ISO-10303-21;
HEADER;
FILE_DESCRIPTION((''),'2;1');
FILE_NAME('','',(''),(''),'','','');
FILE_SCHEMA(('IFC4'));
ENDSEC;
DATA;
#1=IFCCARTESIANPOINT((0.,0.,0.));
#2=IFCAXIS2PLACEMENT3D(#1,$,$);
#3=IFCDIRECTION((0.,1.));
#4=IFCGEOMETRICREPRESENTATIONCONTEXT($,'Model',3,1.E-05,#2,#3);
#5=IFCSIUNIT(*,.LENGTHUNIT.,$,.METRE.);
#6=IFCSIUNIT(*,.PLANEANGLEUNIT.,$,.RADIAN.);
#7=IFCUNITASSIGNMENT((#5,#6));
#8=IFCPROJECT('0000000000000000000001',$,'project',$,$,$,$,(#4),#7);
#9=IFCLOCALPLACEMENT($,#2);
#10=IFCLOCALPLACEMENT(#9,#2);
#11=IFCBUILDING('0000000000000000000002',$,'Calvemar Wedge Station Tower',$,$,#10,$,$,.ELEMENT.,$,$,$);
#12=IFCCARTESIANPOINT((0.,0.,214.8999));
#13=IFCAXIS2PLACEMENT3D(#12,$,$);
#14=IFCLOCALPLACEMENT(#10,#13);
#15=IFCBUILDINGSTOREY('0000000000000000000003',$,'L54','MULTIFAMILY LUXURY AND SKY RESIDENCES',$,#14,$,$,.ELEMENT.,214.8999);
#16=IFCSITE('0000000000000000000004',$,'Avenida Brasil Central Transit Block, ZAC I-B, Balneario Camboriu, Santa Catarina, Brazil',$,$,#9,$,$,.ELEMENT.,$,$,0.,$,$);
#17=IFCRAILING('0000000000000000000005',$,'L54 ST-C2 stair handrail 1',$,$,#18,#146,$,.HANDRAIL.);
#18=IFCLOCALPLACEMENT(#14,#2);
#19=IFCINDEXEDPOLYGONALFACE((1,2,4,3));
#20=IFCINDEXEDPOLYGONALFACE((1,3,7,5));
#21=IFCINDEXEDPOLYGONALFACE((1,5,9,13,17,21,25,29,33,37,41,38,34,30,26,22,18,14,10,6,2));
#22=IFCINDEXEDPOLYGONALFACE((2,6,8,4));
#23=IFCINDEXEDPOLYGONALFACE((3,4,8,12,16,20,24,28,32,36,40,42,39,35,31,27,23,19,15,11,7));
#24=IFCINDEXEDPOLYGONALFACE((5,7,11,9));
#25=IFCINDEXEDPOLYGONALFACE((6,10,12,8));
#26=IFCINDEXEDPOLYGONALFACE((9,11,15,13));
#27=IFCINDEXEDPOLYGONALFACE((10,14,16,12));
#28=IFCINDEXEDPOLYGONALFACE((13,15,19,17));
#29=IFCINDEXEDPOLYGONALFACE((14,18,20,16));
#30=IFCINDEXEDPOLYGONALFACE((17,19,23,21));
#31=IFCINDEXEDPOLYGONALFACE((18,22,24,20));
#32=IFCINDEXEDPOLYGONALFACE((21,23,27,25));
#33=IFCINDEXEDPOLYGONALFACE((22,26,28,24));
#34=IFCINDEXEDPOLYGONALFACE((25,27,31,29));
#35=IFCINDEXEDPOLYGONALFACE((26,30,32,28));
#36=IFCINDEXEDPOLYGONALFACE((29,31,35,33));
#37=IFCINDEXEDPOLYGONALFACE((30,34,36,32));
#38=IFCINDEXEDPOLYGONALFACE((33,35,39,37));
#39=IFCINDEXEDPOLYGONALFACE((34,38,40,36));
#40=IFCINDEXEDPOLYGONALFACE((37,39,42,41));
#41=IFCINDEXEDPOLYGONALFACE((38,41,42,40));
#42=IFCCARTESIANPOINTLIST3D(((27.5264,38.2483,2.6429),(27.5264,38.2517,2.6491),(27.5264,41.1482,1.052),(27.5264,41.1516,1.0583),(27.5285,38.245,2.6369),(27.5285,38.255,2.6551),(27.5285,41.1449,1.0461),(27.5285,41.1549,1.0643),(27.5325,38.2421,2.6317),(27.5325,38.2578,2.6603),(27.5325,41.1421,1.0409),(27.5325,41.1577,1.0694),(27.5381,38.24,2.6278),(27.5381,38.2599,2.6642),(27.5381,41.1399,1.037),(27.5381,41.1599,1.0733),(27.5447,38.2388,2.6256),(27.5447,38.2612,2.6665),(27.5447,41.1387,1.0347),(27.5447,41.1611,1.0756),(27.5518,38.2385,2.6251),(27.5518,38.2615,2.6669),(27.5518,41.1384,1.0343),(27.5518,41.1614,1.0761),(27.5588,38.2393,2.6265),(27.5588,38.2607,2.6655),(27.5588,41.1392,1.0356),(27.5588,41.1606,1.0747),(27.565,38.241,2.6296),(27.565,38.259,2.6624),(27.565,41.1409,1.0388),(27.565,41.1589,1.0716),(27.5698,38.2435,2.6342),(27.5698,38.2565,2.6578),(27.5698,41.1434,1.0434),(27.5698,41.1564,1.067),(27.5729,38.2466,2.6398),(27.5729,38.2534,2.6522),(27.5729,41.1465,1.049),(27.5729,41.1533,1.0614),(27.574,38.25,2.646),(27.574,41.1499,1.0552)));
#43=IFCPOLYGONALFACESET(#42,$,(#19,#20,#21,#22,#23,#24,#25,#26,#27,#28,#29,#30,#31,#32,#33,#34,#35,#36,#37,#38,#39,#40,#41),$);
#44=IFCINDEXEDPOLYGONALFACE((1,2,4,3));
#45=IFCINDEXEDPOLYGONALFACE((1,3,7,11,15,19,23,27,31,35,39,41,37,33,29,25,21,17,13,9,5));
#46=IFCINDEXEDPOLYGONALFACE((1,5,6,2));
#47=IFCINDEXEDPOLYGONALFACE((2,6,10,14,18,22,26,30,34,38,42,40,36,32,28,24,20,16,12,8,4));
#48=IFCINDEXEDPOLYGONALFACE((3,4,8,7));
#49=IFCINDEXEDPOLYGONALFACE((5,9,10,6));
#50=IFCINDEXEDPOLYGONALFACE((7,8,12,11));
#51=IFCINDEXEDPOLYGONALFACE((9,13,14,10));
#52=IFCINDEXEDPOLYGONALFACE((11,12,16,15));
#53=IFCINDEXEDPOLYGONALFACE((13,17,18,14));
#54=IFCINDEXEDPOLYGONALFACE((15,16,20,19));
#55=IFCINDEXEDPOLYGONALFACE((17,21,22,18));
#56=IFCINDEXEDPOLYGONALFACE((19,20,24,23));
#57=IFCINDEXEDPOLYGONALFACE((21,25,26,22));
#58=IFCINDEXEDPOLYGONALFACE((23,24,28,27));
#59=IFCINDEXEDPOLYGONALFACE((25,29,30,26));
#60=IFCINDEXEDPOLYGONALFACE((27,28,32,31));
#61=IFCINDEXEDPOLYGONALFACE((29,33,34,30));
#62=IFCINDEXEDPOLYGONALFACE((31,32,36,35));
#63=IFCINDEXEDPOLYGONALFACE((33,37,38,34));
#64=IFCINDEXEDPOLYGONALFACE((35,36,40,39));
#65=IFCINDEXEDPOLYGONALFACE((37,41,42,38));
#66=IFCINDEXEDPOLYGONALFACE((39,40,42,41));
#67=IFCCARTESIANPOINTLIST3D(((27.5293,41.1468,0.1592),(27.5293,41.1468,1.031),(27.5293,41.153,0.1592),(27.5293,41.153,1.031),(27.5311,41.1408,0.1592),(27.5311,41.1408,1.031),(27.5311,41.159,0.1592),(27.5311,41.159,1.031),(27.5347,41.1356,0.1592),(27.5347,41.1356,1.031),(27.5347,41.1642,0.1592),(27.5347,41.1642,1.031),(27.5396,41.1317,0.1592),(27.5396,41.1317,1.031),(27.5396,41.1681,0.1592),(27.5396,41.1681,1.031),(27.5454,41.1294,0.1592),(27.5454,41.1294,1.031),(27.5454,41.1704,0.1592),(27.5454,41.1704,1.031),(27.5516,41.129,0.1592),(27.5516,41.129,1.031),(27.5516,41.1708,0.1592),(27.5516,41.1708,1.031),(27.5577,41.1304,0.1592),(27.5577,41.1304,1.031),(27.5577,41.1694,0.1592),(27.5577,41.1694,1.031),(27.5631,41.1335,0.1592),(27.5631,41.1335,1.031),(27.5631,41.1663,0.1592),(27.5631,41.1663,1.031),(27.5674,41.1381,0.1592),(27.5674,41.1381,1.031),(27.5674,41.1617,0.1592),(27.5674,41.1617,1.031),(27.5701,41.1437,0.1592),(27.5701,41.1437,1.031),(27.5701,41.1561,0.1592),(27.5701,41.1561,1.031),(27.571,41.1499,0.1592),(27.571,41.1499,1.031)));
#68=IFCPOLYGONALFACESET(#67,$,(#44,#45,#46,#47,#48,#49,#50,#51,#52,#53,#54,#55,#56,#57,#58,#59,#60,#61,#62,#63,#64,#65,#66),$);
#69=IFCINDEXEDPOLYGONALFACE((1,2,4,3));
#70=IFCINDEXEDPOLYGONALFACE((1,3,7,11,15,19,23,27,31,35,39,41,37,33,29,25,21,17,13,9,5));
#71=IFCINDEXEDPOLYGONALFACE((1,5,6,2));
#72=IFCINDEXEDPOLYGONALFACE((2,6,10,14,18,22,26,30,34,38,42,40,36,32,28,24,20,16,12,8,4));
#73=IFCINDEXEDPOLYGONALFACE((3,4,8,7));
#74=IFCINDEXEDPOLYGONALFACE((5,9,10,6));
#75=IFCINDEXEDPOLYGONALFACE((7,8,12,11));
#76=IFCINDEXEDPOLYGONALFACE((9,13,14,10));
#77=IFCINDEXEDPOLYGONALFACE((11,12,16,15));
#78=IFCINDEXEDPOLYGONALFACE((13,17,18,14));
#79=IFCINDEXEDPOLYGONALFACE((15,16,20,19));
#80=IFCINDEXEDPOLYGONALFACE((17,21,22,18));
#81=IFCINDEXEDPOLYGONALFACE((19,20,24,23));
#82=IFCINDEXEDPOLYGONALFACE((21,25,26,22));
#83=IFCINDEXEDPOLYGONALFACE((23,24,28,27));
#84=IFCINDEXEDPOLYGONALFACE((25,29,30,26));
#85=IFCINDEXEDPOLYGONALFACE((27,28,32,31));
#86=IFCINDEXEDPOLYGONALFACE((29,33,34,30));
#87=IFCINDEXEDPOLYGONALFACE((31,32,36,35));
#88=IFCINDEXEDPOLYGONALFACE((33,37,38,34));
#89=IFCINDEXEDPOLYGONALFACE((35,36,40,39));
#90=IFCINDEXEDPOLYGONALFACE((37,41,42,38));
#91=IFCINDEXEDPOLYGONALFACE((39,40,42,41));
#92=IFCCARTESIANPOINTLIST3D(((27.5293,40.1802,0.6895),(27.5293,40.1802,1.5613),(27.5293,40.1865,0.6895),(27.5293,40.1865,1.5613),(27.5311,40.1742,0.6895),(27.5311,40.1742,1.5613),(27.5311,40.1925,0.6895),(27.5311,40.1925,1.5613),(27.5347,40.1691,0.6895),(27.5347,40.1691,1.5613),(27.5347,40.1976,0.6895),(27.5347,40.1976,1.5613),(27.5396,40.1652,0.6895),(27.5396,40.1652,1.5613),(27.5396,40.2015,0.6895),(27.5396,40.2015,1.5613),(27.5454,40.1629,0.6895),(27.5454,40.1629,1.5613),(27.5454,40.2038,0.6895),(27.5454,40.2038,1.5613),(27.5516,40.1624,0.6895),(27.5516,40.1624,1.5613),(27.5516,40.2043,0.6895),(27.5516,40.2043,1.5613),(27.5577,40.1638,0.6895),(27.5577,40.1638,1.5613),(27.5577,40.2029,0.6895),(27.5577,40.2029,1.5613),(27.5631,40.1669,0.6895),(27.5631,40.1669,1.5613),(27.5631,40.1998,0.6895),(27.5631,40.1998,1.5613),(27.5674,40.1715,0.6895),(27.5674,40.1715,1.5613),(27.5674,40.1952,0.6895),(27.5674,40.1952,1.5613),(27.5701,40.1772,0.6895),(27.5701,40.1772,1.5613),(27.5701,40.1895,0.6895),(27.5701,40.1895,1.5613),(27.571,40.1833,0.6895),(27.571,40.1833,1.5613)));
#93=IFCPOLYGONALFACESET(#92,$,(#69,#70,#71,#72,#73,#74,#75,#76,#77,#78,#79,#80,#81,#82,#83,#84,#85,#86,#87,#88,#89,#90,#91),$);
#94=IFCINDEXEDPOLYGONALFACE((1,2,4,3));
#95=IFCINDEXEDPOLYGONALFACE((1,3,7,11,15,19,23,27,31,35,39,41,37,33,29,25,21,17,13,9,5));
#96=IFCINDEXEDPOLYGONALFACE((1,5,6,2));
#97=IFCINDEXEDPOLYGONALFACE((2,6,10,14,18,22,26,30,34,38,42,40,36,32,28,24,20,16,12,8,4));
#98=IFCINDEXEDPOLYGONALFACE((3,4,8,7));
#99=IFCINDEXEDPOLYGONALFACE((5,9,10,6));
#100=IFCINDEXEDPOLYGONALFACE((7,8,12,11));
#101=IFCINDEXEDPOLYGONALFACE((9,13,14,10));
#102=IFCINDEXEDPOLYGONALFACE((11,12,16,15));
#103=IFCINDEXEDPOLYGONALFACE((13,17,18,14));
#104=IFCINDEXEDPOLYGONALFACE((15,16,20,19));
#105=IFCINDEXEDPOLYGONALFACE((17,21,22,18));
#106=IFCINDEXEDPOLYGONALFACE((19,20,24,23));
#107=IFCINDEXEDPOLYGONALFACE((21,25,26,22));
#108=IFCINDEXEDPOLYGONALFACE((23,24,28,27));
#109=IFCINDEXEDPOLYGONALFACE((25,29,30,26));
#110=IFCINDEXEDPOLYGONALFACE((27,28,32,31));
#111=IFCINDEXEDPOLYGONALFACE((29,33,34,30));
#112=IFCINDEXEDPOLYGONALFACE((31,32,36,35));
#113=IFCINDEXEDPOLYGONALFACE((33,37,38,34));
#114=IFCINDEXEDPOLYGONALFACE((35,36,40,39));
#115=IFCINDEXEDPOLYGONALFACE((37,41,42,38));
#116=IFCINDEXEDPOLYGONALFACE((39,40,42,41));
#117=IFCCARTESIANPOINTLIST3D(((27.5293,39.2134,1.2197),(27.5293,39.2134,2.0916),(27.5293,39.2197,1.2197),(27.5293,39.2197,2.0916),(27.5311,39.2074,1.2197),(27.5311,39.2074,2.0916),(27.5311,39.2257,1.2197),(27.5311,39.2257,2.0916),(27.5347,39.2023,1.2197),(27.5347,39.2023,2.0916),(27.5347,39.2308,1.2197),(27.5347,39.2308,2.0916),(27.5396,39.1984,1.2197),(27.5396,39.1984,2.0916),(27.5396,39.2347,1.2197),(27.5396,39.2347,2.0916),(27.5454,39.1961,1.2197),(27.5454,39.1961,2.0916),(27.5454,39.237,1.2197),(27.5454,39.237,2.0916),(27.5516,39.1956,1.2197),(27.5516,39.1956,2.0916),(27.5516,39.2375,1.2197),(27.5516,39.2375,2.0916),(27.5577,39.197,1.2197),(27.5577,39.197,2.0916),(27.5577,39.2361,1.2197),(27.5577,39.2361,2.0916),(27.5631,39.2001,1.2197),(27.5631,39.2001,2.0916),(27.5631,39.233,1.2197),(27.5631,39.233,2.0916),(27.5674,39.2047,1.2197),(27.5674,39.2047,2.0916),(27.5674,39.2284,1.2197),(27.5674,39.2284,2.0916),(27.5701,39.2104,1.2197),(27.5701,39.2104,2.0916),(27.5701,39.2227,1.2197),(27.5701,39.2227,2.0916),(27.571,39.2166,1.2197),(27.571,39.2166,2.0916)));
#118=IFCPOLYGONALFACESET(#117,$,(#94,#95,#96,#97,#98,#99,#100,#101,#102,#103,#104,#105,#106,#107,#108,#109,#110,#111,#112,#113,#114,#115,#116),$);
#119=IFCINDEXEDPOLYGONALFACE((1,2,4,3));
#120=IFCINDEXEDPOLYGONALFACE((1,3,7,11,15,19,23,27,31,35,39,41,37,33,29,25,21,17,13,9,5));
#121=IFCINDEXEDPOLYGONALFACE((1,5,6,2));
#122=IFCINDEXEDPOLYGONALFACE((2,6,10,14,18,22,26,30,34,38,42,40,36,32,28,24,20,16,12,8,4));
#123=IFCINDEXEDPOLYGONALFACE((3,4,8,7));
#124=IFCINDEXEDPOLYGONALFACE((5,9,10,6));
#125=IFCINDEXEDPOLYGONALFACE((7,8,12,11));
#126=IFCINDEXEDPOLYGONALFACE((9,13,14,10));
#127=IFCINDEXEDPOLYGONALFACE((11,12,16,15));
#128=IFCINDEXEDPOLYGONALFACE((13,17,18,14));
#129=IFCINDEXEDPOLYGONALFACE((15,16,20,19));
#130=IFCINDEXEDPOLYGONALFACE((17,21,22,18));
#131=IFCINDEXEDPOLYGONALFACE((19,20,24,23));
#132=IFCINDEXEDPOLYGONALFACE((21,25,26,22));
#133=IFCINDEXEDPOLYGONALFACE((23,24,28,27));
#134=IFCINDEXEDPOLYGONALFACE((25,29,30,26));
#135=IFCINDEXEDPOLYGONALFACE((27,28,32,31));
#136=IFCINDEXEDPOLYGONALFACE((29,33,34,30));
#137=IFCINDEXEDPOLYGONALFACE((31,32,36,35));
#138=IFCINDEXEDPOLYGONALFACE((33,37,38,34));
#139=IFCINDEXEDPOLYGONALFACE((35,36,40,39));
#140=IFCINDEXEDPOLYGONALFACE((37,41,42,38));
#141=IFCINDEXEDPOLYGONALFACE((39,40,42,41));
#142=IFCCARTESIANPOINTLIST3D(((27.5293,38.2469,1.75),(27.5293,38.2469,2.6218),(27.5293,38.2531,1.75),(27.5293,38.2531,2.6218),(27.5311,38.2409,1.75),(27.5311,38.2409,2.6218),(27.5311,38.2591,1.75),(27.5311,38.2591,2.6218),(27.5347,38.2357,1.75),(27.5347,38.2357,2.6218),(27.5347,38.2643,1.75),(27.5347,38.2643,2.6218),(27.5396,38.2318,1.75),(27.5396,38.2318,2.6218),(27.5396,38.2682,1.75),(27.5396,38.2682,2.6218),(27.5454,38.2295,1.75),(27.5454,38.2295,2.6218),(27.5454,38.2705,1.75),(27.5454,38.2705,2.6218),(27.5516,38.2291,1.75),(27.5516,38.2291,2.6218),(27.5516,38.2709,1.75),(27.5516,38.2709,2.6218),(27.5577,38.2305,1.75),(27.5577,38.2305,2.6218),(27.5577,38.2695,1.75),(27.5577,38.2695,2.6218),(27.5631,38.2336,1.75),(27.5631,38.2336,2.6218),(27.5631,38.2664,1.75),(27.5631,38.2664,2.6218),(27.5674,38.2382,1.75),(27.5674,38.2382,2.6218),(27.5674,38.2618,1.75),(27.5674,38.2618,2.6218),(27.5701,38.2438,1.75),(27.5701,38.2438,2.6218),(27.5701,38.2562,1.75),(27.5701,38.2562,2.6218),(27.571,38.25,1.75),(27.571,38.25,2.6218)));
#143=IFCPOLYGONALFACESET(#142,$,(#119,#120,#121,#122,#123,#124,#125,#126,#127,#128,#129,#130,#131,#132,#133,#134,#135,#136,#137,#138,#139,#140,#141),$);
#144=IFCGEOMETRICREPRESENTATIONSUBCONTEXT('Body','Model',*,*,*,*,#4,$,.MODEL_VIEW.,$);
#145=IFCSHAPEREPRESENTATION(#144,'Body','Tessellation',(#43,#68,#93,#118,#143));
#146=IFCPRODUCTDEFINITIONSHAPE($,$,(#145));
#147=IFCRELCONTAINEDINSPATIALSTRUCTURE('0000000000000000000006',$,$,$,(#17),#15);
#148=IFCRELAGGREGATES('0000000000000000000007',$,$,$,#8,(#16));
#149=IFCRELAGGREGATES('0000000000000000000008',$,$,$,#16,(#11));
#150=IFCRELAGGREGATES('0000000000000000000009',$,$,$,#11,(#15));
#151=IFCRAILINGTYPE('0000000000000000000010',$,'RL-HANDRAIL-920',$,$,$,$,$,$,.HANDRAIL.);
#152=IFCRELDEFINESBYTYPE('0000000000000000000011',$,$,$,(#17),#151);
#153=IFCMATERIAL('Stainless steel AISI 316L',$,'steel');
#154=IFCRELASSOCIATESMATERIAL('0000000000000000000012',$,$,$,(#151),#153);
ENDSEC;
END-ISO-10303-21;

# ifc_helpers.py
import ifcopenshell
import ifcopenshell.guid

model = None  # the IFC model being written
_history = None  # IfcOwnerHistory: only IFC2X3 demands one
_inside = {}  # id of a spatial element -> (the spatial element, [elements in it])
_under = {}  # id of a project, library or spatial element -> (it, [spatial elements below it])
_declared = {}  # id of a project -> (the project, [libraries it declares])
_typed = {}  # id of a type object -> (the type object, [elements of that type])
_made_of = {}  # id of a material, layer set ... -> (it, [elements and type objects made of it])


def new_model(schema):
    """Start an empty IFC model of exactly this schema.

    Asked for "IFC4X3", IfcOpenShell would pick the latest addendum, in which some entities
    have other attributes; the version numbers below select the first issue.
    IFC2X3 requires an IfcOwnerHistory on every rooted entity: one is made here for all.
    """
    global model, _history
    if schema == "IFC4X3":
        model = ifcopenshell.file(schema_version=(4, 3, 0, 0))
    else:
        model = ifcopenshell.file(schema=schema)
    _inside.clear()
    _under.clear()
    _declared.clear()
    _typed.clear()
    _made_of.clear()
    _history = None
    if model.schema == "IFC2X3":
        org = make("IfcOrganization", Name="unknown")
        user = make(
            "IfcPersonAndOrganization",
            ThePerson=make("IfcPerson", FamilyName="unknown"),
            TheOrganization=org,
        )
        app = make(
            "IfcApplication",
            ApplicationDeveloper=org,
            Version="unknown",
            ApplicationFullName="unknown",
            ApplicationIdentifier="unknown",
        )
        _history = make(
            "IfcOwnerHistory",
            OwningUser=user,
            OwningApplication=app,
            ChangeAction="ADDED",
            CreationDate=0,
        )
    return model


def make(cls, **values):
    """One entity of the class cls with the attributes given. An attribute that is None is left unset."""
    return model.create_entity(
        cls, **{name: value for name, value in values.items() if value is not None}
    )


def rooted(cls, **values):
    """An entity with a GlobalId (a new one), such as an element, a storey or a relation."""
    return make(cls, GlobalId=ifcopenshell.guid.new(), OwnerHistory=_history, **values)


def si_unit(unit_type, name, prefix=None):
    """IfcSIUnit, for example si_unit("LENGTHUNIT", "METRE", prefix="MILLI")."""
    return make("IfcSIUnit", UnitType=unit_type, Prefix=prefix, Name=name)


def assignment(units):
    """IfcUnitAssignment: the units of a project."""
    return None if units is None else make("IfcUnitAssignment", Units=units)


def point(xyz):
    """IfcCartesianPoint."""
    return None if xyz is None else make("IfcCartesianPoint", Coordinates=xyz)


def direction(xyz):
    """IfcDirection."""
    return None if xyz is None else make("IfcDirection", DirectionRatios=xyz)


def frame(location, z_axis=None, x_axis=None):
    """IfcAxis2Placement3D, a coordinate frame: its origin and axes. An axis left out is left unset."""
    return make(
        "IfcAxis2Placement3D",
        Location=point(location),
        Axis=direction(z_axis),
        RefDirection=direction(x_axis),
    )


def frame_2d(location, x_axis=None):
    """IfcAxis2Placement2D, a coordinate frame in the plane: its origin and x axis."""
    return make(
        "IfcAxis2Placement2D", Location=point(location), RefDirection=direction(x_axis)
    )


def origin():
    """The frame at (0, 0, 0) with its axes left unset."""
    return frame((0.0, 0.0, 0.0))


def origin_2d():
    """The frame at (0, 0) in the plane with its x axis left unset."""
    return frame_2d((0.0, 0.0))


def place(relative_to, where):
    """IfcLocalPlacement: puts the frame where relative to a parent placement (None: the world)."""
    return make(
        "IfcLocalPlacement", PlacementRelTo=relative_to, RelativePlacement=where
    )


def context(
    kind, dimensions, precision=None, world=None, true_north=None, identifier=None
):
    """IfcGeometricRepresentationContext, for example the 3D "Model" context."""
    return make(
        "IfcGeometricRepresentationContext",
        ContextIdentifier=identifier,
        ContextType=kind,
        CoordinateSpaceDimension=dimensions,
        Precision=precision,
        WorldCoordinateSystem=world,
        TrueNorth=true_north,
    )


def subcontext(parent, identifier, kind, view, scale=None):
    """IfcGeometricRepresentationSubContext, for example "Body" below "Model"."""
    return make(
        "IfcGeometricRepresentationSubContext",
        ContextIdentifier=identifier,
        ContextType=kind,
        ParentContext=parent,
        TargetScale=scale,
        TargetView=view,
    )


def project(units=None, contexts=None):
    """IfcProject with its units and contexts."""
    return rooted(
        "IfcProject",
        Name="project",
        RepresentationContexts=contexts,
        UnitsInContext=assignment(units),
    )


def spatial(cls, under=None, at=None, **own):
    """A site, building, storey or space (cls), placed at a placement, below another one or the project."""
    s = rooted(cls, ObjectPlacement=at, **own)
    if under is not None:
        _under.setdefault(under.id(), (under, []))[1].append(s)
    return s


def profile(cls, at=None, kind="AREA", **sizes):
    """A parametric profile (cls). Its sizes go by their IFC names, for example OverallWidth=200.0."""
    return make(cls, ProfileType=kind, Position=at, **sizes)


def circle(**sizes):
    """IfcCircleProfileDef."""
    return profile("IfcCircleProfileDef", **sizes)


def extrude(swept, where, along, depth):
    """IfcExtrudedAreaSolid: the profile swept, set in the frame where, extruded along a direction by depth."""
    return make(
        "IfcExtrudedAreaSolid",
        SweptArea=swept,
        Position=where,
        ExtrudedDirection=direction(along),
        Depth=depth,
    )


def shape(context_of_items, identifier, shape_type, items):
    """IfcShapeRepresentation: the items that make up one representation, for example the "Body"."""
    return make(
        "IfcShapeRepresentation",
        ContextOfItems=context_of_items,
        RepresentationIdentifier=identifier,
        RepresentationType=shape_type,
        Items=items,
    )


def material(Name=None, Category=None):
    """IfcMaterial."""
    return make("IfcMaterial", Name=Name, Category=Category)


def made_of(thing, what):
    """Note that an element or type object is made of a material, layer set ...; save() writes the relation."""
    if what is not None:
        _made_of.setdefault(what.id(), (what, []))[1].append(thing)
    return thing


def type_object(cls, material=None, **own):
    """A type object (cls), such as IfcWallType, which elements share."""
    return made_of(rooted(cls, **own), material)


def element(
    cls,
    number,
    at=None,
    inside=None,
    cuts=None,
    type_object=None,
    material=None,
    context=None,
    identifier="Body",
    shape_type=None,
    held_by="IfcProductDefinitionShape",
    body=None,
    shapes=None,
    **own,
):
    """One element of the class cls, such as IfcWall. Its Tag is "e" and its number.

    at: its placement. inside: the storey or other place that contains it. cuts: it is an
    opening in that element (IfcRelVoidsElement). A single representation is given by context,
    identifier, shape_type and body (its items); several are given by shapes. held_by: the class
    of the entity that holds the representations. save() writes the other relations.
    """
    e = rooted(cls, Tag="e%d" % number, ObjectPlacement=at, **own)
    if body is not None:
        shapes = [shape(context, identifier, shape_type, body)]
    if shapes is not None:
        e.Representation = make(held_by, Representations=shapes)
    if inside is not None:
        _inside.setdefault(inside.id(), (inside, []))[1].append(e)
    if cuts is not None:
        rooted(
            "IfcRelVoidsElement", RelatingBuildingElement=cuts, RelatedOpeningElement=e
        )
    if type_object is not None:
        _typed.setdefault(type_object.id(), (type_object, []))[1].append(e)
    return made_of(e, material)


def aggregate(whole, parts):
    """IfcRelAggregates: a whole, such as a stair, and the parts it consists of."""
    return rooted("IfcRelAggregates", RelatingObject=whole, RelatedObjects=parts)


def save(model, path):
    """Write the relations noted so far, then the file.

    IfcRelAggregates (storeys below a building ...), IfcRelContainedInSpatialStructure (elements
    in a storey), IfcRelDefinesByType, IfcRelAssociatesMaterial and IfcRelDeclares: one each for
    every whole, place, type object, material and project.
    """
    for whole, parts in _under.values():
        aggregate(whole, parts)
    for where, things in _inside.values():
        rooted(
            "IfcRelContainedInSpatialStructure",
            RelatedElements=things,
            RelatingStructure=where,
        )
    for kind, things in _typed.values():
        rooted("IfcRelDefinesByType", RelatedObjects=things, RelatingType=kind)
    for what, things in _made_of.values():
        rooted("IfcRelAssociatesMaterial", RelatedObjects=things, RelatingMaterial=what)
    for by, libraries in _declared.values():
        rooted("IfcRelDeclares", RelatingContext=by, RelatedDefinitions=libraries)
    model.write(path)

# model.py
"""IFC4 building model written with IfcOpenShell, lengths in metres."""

from ifc_helpers import new_model, si_unit, direction, frame, origin, origin_2d, place, context, subcontext, project, spatial, circle, extrude, material, type_object, element, save


model = new_model("IFC4")

# Units and contexts
model_context = context("Model", 3, precision=1e-05, world=origin(), true_north=direction((0.0, 1.0)))
body_context = subcontext(model_context, "Body", "Model", "MODEL_VIEW")
ifc_project = project(units=[si_unit("LENGTHUNIT", "METRE"), si_unit("PLANEANGLEUNIT", "RADIAN")], contexts=[model_context])

# Site, building, storey
site_placement = place(None, origin())
site = spatial("IfcSite", under=ifc_project, at=site_placement, Name="Avenida Brasil Central Transit Block, ZAC I-B, Balneario Camboriu, Santa Catarina, Brazil", CompositionType="ELEMENT", RefElevation=0.0)
building_placement = place(site_placement, origin())
building = spatial("IfcBuilding", under=site, at=building_placement, Name="Calvemar Wedge Station Tower", CompositionType="ELEMENT")
storey_placement = place(building_placement, frame((0.0, 0.0, 214.8999)))
storey = spatial("IfcBuildingStorey", under=building, at=storey_placement, Name="L54", Description="MULTIFAMILY LUXURY AND SKY RESIDENCES", CompositionType="ELEMENT", Elevation=214.8999)

# Railing
ifc_material_1 = material(Name="Stainless steel AISI 316L", Category="steel")
railing_type = type_object("IfcRailingType", Name="RL-HANDRAIL-920", PredefinedType="HANDRAIL", material=ifc_material_1)
railing_placement = place(storey_placement, frame((27.55, 41.1499, 0.1592)))
element("IfcRailing", 1, at=railing_placement, inside=storey, type_object=railing_type, Name="L54 ST-C2 stair handrail 1", PredefinedType="HANDRAIL", context=body_context, shape_type="SweptSolid", body=[
    extrude(circle(Radius=0.0239, at=origin_2d()), frame((0.0, 0.0, 0.896), z_axis=(0.0, -0.876742, 0.480961), x_axis=(1.0, 0.0, 0.0)), (0.0, 0.0, 1.0), 3.3076),
    extrude(circle(Radius=0.021, at=origin_2d()), origin(), (0.0, 0.0, 1.0), 0.8718),
    extrude(circle(Radius=0.021, at=origin_2d()), frame((0.0, -0.9666, 0.5303)), (0.0, 0.0, 1.0), 0.8718),
    extrude(circle(Radius=0.021, at=origin_2d()), frame((0.0, -1.9333, 1.0605)), (0.0, 0.0, 1.0), 0.8718),
    extrude(circle(Radius=0.021, at=origin_2d()), frame((0.0, -2.8999, 1.5908)), (0.0, 0.0, 1.0), 0.8718),
])

save(model, "model.ifc")
